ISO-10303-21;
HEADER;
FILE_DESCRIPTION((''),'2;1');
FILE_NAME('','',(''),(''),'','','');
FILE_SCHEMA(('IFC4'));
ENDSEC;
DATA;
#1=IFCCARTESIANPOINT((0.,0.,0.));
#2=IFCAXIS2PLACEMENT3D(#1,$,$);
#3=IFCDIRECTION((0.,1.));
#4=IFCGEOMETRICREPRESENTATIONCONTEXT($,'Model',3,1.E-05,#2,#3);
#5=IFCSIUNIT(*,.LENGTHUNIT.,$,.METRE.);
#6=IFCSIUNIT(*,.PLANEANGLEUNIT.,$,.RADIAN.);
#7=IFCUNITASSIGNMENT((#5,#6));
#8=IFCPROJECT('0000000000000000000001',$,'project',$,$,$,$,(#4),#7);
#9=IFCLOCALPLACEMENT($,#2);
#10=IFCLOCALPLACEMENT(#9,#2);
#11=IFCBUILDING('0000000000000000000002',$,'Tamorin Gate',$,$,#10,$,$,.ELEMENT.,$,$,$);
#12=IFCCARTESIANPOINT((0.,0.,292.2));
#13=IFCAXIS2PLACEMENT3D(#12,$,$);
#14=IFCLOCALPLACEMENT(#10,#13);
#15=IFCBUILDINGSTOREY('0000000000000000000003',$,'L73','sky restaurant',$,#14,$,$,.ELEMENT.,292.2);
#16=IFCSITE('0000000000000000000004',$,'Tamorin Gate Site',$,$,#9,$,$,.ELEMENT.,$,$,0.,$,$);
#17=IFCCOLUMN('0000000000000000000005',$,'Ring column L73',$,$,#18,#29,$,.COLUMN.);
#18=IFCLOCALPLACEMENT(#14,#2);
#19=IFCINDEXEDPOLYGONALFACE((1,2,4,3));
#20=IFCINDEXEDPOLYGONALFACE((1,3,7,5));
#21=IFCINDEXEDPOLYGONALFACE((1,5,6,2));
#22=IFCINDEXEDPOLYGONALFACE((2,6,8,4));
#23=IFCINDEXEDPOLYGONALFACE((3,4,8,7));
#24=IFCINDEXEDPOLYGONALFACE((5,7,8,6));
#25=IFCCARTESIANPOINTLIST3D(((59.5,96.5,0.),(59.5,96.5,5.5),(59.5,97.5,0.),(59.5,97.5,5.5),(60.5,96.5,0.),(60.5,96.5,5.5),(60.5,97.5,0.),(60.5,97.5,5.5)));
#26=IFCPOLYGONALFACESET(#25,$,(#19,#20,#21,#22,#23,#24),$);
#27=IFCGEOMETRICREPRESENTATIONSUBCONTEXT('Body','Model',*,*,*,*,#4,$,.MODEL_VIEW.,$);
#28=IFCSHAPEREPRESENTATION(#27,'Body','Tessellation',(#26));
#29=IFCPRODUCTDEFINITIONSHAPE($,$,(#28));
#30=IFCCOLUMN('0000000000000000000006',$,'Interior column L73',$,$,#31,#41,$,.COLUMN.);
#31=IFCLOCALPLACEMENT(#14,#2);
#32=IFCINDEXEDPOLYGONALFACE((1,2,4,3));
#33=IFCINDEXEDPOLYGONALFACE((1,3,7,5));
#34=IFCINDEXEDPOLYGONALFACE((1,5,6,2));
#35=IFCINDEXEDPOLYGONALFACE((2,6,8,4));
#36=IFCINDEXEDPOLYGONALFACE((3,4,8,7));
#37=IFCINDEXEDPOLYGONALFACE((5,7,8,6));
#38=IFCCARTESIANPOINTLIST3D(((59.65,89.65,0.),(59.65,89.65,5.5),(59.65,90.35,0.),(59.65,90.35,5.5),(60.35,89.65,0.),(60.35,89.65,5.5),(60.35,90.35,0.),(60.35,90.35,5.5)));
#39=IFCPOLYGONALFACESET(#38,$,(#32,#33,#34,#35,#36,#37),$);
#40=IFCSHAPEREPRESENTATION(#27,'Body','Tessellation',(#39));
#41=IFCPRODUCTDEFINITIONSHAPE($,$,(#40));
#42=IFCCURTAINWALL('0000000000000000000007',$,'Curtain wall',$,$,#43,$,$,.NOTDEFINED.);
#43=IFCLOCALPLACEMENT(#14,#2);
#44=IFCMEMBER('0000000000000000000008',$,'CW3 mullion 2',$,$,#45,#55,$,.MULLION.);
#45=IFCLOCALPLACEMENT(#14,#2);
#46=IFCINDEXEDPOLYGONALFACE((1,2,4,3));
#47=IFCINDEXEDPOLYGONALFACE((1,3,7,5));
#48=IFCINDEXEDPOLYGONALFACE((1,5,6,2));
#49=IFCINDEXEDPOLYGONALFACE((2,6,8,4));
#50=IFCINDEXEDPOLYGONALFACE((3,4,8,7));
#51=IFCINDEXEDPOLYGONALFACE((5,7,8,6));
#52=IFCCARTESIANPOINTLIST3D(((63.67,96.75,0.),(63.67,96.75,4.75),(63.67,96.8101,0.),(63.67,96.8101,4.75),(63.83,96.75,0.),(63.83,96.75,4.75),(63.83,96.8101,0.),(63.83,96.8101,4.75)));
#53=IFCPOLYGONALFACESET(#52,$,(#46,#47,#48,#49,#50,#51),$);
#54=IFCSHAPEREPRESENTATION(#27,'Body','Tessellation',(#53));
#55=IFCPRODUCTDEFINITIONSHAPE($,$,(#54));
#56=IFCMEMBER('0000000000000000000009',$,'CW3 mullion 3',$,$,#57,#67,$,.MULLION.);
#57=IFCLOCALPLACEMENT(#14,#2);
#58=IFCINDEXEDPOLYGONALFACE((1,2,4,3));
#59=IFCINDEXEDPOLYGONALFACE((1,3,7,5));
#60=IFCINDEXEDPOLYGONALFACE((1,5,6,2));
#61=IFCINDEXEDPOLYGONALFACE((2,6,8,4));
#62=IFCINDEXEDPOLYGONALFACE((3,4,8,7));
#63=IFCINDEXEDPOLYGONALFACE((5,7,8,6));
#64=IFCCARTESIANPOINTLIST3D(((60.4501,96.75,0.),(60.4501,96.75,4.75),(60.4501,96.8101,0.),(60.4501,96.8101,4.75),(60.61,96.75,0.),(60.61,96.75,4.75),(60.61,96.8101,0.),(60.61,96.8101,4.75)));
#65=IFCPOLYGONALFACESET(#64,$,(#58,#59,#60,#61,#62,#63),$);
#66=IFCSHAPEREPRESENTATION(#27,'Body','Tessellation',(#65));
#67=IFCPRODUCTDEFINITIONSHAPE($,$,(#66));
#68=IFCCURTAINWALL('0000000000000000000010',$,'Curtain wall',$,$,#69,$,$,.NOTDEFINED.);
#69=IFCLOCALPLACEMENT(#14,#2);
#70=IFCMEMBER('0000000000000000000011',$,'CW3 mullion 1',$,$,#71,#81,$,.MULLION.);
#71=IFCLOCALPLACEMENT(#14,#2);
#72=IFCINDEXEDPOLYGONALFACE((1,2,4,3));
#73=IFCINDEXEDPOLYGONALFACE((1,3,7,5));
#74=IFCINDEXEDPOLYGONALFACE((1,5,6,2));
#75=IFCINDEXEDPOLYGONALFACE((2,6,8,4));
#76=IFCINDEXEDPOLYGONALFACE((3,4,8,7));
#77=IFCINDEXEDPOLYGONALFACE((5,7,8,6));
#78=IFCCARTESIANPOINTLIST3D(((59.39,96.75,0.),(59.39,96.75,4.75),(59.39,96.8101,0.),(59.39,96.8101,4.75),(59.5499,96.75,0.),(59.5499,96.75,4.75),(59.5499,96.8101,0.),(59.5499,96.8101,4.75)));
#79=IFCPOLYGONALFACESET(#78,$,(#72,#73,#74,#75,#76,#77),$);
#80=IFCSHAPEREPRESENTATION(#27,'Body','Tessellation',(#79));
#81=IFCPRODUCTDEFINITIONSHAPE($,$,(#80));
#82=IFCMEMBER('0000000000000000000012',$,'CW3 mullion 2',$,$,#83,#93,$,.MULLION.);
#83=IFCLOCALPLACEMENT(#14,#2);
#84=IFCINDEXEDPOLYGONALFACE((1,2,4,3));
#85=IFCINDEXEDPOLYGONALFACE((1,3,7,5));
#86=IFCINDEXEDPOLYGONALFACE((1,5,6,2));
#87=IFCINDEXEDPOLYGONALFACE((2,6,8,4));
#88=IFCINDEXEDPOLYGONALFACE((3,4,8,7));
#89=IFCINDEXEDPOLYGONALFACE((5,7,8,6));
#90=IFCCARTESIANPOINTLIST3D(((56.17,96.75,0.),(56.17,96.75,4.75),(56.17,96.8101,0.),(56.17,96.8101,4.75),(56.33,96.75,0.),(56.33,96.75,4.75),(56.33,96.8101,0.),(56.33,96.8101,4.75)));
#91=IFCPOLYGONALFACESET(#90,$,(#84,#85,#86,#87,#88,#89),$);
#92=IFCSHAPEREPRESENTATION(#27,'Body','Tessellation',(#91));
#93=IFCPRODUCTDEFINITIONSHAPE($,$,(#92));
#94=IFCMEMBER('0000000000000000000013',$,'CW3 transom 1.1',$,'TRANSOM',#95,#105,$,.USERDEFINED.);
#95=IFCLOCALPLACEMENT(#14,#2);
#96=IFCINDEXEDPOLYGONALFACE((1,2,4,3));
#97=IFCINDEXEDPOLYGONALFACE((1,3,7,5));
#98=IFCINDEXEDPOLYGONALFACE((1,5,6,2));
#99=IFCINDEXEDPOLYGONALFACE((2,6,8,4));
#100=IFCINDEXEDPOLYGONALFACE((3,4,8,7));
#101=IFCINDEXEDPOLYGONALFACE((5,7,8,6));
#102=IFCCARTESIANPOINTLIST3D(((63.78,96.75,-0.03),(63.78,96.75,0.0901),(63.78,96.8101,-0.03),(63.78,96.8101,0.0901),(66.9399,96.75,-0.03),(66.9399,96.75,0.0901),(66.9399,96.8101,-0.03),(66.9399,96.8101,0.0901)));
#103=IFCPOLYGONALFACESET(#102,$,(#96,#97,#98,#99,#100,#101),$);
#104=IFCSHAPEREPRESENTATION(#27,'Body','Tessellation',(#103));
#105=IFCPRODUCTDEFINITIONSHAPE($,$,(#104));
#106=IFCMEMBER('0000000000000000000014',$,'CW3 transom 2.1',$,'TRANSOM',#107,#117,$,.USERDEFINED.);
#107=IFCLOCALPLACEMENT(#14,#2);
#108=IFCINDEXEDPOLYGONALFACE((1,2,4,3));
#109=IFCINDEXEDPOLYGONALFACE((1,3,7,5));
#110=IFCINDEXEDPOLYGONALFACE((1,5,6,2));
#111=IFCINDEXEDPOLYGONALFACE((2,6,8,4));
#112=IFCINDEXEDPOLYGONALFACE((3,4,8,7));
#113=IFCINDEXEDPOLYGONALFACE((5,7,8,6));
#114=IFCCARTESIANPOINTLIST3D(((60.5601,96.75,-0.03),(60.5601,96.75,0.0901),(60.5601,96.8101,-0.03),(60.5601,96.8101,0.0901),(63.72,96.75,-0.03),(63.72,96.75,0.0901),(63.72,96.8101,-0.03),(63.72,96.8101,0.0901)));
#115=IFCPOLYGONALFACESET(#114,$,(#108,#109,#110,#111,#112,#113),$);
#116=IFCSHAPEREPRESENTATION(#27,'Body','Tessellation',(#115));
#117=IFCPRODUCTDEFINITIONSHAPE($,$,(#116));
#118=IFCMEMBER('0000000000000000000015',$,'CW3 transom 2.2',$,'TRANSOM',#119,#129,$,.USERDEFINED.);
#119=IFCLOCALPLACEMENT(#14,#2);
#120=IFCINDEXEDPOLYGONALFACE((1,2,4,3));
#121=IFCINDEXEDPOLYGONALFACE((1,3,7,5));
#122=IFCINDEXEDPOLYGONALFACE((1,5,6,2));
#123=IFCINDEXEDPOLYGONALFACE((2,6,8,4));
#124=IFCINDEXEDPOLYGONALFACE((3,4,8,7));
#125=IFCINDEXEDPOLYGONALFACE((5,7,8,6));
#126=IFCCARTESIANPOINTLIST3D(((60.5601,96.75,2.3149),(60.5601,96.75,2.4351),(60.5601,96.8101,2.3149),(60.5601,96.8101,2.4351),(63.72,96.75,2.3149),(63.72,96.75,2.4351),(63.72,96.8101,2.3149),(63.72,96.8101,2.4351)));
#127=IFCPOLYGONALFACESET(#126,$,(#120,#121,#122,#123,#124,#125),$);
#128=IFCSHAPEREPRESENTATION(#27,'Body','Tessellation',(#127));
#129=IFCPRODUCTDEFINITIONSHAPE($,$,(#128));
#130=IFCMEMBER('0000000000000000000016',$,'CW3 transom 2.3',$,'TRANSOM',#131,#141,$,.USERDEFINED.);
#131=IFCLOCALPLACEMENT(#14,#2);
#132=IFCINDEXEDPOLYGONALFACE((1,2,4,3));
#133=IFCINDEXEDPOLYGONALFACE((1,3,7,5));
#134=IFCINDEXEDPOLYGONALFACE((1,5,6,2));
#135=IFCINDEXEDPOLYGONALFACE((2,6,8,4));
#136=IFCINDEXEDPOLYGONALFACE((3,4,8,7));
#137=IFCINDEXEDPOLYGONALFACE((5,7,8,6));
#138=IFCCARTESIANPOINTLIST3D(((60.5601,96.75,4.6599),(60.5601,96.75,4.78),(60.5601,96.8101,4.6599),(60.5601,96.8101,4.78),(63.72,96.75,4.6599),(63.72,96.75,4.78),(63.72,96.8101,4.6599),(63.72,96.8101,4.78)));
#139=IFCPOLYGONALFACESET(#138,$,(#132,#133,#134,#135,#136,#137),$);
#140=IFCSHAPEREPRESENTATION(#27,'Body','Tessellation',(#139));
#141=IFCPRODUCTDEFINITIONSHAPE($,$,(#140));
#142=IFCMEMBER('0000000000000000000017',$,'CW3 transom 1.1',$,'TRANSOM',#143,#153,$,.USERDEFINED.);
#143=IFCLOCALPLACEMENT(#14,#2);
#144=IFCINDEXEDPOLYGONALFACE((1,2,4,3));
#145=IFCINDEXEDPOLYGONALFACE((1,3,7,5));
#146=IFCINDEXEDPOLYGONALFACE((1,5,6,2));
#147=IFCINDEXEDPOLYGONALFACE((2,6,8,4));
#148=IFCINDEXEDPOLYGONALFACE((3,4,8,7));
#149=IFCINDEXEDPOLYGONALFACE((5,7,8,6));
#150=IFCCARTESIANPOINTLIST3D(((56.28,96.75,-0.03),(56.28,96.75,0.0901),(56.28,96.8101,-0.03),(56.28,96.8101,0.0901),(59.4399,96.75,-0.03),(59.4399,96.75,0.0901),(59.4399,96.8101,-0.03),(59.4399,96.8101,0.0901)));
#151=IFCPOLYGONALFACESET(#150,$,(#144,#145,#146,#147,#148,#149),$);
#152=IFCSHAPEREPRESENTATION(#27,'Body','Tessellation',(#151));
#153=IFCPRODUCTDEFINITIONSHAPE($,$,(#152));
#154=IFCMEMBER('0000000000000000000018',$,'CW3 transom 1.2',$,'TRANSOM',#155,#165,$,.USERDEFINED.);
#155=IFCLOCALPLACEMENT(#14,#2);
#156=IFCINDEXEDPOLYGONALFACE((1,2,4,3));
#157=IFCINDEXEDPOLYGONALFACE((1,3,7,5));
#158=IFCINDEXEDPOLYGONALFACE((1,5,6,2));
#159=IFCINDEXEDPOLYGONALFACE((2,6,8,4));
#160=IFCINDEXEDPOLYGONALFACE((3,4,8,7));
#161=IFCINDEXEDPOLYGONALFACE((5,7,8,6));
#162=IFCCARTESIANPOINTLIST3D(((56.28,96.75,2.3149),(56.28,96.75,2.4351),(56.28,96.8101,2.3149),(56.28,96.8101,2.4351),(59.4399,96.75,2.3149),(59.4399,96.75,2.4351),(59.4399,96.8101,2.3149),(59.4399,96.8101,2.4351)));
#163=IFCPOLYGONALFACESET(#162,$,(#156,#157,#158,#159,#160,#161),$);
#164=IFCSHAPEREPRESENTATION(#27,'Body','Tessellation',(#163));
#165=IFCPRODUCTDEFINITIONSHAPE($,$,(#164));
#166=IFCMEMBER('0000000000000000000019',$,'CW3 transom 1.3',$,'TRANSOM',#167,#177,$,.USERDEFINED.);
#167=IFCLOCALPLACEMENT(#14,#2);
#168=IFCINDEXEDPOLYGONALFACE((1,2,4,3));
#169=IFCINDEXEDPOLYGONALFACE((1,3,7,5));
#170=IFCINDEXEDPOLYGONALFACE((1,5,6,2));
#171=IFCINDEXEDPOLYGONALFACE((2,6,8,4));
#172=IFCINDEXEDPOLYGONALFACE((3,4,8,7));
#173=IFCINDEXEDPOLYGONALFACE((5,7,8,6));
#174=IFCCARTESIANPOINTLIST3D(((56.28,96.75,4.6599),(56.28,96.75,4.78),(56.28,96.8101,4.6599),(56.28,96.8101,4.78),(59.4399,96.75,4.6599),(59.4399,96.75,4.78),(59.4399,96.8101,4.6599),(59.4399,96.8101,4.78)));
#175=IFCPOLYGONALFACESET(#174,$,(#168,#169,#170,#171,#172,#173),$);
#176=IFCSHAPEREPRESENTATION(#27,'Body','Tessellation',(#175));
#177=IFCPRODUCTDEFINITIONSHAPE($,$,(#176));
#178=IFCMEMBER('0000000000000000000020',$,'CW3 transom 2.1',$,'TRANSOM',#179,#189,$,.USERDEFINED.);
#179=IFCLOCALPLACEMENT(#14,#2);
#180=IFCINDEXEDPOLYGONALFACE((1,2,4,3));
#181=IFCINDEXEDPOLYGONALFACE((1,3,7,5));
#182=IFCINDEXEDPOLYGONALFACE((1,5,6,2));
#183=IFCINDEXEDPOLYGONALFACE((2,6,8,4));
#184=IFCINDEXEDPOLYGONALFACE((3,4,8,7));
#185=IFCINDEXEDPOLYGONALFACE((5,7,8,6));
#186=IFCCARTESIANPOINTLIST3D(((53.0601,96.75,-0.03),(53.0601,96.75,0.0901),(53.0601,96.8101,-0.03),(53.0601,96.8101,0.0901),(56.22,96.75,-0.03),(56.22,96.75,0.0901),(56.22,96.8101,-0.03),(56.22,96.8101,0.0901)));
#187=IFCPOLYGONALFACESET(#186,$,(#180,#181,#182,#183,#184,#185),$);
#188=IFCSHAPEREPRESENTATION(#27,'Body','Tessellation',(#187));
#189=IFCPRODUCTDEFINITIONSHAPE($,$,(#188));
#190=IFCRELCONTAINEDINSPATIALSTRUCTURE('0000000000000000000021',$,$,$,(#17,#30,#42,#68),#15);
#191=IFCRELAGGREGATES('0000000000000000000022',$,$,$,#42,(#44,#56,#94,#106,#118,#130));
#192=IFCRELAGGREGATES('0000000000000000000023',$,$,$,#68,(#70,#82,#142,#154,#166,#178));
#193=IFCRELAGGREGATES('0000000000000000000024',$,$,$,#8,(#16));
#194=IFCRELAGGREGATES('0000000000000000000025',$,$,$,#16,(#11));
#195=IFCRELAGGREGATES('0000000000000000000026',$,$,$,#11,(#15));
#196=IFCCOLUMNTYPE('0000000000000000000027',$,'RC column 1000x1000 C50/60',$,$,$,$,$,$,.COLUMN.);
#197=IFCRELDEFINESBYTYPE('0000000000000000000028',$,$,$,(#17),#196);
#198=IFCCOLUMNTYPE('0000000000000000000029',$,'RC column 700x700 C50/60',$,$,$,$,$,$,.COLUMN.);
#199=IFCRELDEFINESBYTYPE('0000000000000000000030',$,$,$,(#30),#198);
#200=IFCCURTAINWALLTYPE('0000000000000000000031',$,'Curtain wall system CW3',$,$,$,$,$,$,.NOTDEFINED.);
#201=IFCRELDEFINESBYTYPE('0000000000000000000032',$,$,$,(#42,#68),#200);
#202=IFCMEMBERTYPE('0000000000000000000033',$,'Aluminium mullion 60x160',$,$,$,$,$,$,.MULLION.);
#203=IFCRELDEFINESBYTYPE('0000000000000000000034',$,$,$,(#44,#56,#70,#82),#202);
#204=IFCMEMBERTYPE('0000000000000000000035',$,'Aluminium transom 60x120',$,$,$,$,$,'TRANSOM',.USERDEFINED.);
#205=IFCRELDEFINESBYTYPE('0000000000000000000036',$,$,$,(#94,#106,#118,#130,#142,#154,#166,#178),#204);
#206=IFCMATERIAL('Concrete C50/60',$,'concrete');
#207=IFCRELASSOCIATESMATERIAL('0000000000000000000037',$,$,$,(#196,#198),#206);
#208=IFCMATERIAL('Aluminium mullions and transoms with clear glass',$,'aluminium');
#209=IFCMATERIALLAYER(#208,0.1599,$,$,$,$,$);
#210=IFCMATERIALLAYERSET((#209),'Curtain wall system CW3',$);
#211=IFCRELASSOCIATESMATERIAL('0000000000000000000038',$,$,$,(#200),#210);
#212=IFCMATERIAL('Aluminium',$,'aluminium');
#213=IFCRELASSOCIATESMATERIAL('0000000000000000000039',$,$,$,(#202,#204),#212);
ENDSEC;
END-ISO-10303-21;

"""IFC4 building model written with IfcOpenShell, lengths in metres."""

from ifc_helpers import new_model, si_unit, direction, frame, origin, origin_2d, place, context, subcontext, project, spatial, rectangle, extrude, material, layer, layer_set, material_profile, profile_set, type_object, element, aggregate, save


model = new_model("IFC4")

# Units and contexts
model_context = context("Model", 3, precision=1e-05, world=origin(), true_north=direction((0.0, 1.0)))
body_context = subcontext(model_context, "Body", "Model", "MODEL_VIEW")
ifc_project = project(units=[si_unit("LENGTHUNIT", "METRE"), si_unit("PLANEANGLEUNIT", "RADIAN")], contexts=[model_context])

# Site, building, storey
site_placement = place(None, origin())
site = spatial("IfcSite", under=ifc_project, at=site_placement, Name="Tamorin Gate Site", CompositionType="ELEMENT", RefElevation=0.0)
building_placement = place(site_placement, origin())
building = spatial("IfcBuilding", under=site, at=building_placement, Name="Tamorin Gate", CompositionType="ELEMENT")
storey_placement = place(building_placement, frame((0.0, 0.0, 292.2)))
storey = spatial("IfcBuildingStorey", under=building, at=storey_placement, Name="L73", Description="sky restaurant", CompositionType="ELEMENT", Elevation=292.2)

# Columns
ifc_material_1 = material(Name="Concrete C50/60", Category="concrete")
ifc_material_profile_1 = material_profile(ifc_material_1, rectangle(XDim=1.0, YDim=1.0, at=origin_2d()), Name="RC 1000x1000")
ifc_profile_set_1 = profile_set([ifc_material_profile_1], Name="Concrete C50/60")
column_type_1 = type_object("IfcColumnType", Name="RC column 1000x1000 C50/60", PredefinedType="COLUMN", material=ifc_profile_set_1)
column_1_placement = place(storey_placement, frame((60.0, 97.0, 0.0), z_axis=(0.0, 0.0, 1.0), x_axis=(1.0, 0.0, 0.0)))
element("IfcColumn", 1, at=column_1_placement, inside=storey, type_object=column_type_1, Name="Ring column L73", PredefinedType="COLUMN", context=body_context, shape_type="SweptSolid", body=[
    extrude(rectangle(XDim=1.0, YDim=1.0, at=origin_2d()), origin(), (0.0, 0.0, 1.0), 5.5),
])
ifc_material_profile_2 = material_profile(ifc_material_1, rectangle(XDim=0.7, YDim=0.7, at=origin_2d()), Name="RC 700x700")
ifc_profile_set_2 = profile_set([ifc_material_profile_2], Name="Concrete C50/60")
column_type_2 = type_object("IfcColumnType", Name="RC column 700x700 C50/60", PredefinedType="COLUMN", material=ifc_profile_set_2)
column_2_placement = place(storey_placement, frame((60.0, 90.0, 0.0), z_axis=(0.0, 0.0, 1.0), x_axis=(1.0, 0.0, 0.0)))
element("IfcColumn", 2, at=column_2_placement, inside=storey, type_object=column_type_2, Name="Interior column L73", PredefinedType="COLUMN", context=body_context, shape_type="SweptSolid", body=[
    extrude(rectangle(XDim=0.7, YDim=0.7, at=origin_2d()), origin(), (0.0, 0.0, 1.0), 5.5),
])

# Curtain walls, members
ifc_material_2 = material(Name="Aluminium mullions and transoms with clear glass", Category="aluminium")
ifc_layer_1 = layer(ifc_material_2, 0.1599)
ifc_layer_set_1 = layer_set([ifc_layer_1], Name="Curtain wall system CW3")
curtain_wall_type = type_object("IfcCurtainWallType", Name="Curtain wall system CW3", PredefinedType="NOTDEFINED", material=ifc_layer_set_1)
curtain_wall_1_placement = place(storey_placement, origin())
curtain_wall_1 = element("IfcCurtainWall", 3, at=curtain_wall_1_placement, inside=storey, type_object=curtain_wall_type, Name="Curtain wall", PredefinedType="NOTDEFINED")
ifc_material_3 = material(Name="Aluminium", Category="aluminium")
ifc_material_profile_3 = material_profile(ifc_material_3, rectangle(XDim=0.0601, YDim=0.1599, at=origin_2d()), Name="RECT 60x160")
ifc_profile_set_3 = profile_set([ifc_material_profile_3], Name="Aluminium")
member_type_1 = type_object("IfcMemberType", Name="Aluminium mullion 60x160", PredefinedType="MULLION", material=ifc_profile_set_3)
member_1_placement = place(storey_placement, frame((63.75, 96.78, 0.0), z_axis=(0.0, 0.0, 1.0), x_axis=(0.0, -1.0, 0.0)))
member_1 = element("IfcMember", 4, at=member_1_placement, type_object=member_type_1, Name="CW3 mullion 2", PredefinedType="MULLION", context=body_context, shape_type="SweptSolid", body=[
    extrude(rectangle(XDim=0.0601, YDim=0.1599, at=origin_2d()), origin(), (0.0, 0.0, 1.0), 4.75),
])
member_2_placement = place(storey_placement, frame((60.53, 96.78, 0.0), z_axis=(0.0, 0.0, 1.0), x_axis=(0.0, -1.0, 0.0)))
member_2 = element("IfcMember", 5, at=member_2_placement, type_object=member_type_1, Name="CW3 mullion 3", PredefinedType="MULLION", context=body_context, shape_type="SweptSolid", body=[
    extrude(rectangle(XDim=0.0601, YDim=0.1599, at=origin_2d()), origin(), (0.0, 0.0, 1.0), 4.75),
])
curtain_wall_2_placement = place(storey_placement, origin())
curtain_wall_2 = element("IfcCurtainWall", 6, at=curtain_wall_2_placement, inside=storey, type_object=curtain_wall_type, Name="Curtain wall", PredefinedType="NOTDEFINED")
member_3_placement = place(storey_placement, frame((59.47, 96.78, 0.0), z_axis=(0.0, 0.0, 1.0), x_axis=(0.0, -1.0, 0.0)))
member_3 = element("IfcMember", 7, at=member_3_placement, type_object=member_type_1, Name="CW3 mullion 1", PredefinedType="MULLION", context=body_context, shape_type="SweptSolid", body=[
    extrude(rectangle(XDim=0.0601, YDim=0.1599, at=origin_2d()), origin(), (0.0, 0.0, 1.0), 4.75),
])
member_4_placement = place(storey_placement, frame((56.25, 96.78, 0.0), z_axis=(0.0, 0.0, 1.0), x_axis=(0.0, -1.0, 0.0)))
member_4 = element("IfcMember", 8, at=member_4_placement, type_object=member_type_1, Name="CW3 mullion 2", PredefinedType="MULLION", context=body_context, shape_type="SweptSolid", body=[
    extrude(rectangle(XDim=0.0601, YDim=0.1599, at=origin_2d()), origin(), (0.0, 0.0, 1.0), 4.75),
])

# Members
ifc_material_profile_4 = material_profile(ifc_material_3, rectangle(XDim=0.0601, YDim=0.1201, at=origin_2d()), Name="RECT 60x120")
ifc_profile_set_4 = profile_set([ifc_material_profile_4], Name="Aluminium")
member_type_2 = type_object("IfcMemberType", Name="Aluminium transom 60x120", ElementType="TRANSOM", PredefinedType="USERDEFINED", material=ifc_profile_set_4)
member_5_placement = place(storey_placement, frame((66.9399, 96.78, 0.03), z_axis=(-1.0, 0.0, 0.0), x_axis=(0.0, -1.0, 0.0)))
member_5 = element("IfcMember", 9, at=member_5_placement, type_object=member_type_2, Name="CW3 transom 1.1", ObjectType="TRANSOM", PredefinedType="USERDEFINED", context=body_context, shape_type="SweptSolid", body=[
    extrude(rectangle(XDim=0.0601, YDim=0.1201, at=origin_2d()), origin(), (0.0, 0.0, 1.0), 3.1599),
])
member_6_placement = place(storey_placement, frame((63.72, 96.78, 0.03), z_axis=(-1.0, 0.0, 0.0), x_axis=(0.0, -1.0, 0.0)))
member_6 = element("IfcMember", 10, at=member_6_placement, type_object=member_type_2, Name="CW3 transom 2.1", ObjectType="TRANSOM", PredefinedType="USERDEFINED", context=body_context, shape_type="SweptSolid", body=[
    extrude(rectangle(XDim=0.0601, YDim=0.1201, at=origin_2d()), origin(), (0.0, 0.0, 1.0), 3.1599),
])
member_7_placement = place(storey_placement, frame((63.72, 96.78, 2.375), z_axis=(-1.0, 0.0, 0.0), x_axis=(0.0, -1.0, 0.0)))
member_7 = element("IfcMember", 11, at=member_7_placement, type_object=member_type_2, Name="CW3 transom 2.2", ObjectType="TRANSOM", PredefinedType="USERDEFINED", context=body_context, shape_type="SweptSolid", body=[
    extrude(rectangle(XDim=0.0601, YDim=0.1201, at=origin_2d()), origin(), (0.0, 0.0, 1.0), 3.1599),
])
member_8_placement = place(storey_placement, frame((63.72, 96.78, 4.72), z_axis=(-1.0, 0.0, 0.0), x_axis=(0.0, -1.0, 0.0)))
member_8 = element("IfcMember", 12, at=member_8_placement, type_object=member_type_2, Name="CW3 transom 2.3", ObjectType="TRANSOM", PredefinedType="USERDEFINED", context=body_context, shape_type="SweptSolid", body=[
    extrude(rectangle(XDim=0.0601, YDim=0.1201, at=origin_2d()), origin(), (0.0, 0.0, 1.0), 3.1599),
])
member_9_placement = place(storey_placement, frame((59.4399, 96.78, 0.03), z_axis=(-1.0, 0.0, 0.0), x_axis=(0.0, -1.0, 0.0)))
member_9 = element("IfcMember", 13, at=member_9_placement, type_object=member_type_2, Name="CW3 transom 1.1", ObjectType="TRANSOM", PredefinedType="USERDEFINED", context=body_context, shape_type="SweptSolid", body=[
    extrude(rectangle(XDim=0.0601, YDim=0.1201, at=origin_2d()), origin(), (0.0, 0.0, 1.0), 3.1599),
])
member_10_placement = place(storey_placement, frame((59.4399, 96.78, 2.375), z_axis=(-1.0, 0.0, 0.0), x_axis=(0.0, -1.0, 0.0)))
member_10 = element("IfcMember", 14, at=member_10_placement, type_object=member_type_2, Name="CW3 transom 1.2", ObjectType="TRANSOM", PredefinedType="USERDEFINED", context=body_context, shape_type="SweptSolid", body=[
    extrude(rectangle(XDim=0.0601, YDim=0.1201, at=origin_2d()), origin(), (0.0, 0.0, 1.0), 3.1599),
])
member_11_placement = place(storey_placement, frame((59.4399, 96.78, 4.72), z_axis=(-1.0, 0.0, 0.0), x_axis=(0.0, -1.0, 0.0)))
member_11 = element("IfcMember", 15, at=member_11_placement, type_object=member_type_2, Name="CW3 transom 1.3", ObjectType="TRANSOM", PredefinedType="USERDEFINED", context=body_context, shape_type="SweptSolid", body=[
    extrude(rectangle(XDim=0.0601, YDim=0.1201, at=origin_2d()), origin(), (0.0, 0.0, 1.0), 3.1599),
])
member_12_placement = place(storey_placement, frame((56.22, 96.78, 0.03), z_axis=(-1.0, 0.0, 0.0), x_axis=(0.0, -1.0, 0.0)))
member_12 = element("IfcMember", 16, at=member_12_placement, type_object=member_type_2, Name="CW3 transom 2.1", ObjectType="TRANSOM", PredefinedType="USERDEFINED", context=body_context, shape_type="SweptSolid", body=[
    extrude(rectangle(XDim=0.0601, YDim=0.1201, at=origin_2d()), origin(), (0.0, 0.0, 1.0), 3.1599),
])

aggregate(curtain_wall_1, [member_1, member_2, member_5, member_6, member_7, member_8])
aggregate(curtain_wall_2, [member_3, member_4, member_9, member_10, member_11, member_12])

save(model, "model.ifc")
